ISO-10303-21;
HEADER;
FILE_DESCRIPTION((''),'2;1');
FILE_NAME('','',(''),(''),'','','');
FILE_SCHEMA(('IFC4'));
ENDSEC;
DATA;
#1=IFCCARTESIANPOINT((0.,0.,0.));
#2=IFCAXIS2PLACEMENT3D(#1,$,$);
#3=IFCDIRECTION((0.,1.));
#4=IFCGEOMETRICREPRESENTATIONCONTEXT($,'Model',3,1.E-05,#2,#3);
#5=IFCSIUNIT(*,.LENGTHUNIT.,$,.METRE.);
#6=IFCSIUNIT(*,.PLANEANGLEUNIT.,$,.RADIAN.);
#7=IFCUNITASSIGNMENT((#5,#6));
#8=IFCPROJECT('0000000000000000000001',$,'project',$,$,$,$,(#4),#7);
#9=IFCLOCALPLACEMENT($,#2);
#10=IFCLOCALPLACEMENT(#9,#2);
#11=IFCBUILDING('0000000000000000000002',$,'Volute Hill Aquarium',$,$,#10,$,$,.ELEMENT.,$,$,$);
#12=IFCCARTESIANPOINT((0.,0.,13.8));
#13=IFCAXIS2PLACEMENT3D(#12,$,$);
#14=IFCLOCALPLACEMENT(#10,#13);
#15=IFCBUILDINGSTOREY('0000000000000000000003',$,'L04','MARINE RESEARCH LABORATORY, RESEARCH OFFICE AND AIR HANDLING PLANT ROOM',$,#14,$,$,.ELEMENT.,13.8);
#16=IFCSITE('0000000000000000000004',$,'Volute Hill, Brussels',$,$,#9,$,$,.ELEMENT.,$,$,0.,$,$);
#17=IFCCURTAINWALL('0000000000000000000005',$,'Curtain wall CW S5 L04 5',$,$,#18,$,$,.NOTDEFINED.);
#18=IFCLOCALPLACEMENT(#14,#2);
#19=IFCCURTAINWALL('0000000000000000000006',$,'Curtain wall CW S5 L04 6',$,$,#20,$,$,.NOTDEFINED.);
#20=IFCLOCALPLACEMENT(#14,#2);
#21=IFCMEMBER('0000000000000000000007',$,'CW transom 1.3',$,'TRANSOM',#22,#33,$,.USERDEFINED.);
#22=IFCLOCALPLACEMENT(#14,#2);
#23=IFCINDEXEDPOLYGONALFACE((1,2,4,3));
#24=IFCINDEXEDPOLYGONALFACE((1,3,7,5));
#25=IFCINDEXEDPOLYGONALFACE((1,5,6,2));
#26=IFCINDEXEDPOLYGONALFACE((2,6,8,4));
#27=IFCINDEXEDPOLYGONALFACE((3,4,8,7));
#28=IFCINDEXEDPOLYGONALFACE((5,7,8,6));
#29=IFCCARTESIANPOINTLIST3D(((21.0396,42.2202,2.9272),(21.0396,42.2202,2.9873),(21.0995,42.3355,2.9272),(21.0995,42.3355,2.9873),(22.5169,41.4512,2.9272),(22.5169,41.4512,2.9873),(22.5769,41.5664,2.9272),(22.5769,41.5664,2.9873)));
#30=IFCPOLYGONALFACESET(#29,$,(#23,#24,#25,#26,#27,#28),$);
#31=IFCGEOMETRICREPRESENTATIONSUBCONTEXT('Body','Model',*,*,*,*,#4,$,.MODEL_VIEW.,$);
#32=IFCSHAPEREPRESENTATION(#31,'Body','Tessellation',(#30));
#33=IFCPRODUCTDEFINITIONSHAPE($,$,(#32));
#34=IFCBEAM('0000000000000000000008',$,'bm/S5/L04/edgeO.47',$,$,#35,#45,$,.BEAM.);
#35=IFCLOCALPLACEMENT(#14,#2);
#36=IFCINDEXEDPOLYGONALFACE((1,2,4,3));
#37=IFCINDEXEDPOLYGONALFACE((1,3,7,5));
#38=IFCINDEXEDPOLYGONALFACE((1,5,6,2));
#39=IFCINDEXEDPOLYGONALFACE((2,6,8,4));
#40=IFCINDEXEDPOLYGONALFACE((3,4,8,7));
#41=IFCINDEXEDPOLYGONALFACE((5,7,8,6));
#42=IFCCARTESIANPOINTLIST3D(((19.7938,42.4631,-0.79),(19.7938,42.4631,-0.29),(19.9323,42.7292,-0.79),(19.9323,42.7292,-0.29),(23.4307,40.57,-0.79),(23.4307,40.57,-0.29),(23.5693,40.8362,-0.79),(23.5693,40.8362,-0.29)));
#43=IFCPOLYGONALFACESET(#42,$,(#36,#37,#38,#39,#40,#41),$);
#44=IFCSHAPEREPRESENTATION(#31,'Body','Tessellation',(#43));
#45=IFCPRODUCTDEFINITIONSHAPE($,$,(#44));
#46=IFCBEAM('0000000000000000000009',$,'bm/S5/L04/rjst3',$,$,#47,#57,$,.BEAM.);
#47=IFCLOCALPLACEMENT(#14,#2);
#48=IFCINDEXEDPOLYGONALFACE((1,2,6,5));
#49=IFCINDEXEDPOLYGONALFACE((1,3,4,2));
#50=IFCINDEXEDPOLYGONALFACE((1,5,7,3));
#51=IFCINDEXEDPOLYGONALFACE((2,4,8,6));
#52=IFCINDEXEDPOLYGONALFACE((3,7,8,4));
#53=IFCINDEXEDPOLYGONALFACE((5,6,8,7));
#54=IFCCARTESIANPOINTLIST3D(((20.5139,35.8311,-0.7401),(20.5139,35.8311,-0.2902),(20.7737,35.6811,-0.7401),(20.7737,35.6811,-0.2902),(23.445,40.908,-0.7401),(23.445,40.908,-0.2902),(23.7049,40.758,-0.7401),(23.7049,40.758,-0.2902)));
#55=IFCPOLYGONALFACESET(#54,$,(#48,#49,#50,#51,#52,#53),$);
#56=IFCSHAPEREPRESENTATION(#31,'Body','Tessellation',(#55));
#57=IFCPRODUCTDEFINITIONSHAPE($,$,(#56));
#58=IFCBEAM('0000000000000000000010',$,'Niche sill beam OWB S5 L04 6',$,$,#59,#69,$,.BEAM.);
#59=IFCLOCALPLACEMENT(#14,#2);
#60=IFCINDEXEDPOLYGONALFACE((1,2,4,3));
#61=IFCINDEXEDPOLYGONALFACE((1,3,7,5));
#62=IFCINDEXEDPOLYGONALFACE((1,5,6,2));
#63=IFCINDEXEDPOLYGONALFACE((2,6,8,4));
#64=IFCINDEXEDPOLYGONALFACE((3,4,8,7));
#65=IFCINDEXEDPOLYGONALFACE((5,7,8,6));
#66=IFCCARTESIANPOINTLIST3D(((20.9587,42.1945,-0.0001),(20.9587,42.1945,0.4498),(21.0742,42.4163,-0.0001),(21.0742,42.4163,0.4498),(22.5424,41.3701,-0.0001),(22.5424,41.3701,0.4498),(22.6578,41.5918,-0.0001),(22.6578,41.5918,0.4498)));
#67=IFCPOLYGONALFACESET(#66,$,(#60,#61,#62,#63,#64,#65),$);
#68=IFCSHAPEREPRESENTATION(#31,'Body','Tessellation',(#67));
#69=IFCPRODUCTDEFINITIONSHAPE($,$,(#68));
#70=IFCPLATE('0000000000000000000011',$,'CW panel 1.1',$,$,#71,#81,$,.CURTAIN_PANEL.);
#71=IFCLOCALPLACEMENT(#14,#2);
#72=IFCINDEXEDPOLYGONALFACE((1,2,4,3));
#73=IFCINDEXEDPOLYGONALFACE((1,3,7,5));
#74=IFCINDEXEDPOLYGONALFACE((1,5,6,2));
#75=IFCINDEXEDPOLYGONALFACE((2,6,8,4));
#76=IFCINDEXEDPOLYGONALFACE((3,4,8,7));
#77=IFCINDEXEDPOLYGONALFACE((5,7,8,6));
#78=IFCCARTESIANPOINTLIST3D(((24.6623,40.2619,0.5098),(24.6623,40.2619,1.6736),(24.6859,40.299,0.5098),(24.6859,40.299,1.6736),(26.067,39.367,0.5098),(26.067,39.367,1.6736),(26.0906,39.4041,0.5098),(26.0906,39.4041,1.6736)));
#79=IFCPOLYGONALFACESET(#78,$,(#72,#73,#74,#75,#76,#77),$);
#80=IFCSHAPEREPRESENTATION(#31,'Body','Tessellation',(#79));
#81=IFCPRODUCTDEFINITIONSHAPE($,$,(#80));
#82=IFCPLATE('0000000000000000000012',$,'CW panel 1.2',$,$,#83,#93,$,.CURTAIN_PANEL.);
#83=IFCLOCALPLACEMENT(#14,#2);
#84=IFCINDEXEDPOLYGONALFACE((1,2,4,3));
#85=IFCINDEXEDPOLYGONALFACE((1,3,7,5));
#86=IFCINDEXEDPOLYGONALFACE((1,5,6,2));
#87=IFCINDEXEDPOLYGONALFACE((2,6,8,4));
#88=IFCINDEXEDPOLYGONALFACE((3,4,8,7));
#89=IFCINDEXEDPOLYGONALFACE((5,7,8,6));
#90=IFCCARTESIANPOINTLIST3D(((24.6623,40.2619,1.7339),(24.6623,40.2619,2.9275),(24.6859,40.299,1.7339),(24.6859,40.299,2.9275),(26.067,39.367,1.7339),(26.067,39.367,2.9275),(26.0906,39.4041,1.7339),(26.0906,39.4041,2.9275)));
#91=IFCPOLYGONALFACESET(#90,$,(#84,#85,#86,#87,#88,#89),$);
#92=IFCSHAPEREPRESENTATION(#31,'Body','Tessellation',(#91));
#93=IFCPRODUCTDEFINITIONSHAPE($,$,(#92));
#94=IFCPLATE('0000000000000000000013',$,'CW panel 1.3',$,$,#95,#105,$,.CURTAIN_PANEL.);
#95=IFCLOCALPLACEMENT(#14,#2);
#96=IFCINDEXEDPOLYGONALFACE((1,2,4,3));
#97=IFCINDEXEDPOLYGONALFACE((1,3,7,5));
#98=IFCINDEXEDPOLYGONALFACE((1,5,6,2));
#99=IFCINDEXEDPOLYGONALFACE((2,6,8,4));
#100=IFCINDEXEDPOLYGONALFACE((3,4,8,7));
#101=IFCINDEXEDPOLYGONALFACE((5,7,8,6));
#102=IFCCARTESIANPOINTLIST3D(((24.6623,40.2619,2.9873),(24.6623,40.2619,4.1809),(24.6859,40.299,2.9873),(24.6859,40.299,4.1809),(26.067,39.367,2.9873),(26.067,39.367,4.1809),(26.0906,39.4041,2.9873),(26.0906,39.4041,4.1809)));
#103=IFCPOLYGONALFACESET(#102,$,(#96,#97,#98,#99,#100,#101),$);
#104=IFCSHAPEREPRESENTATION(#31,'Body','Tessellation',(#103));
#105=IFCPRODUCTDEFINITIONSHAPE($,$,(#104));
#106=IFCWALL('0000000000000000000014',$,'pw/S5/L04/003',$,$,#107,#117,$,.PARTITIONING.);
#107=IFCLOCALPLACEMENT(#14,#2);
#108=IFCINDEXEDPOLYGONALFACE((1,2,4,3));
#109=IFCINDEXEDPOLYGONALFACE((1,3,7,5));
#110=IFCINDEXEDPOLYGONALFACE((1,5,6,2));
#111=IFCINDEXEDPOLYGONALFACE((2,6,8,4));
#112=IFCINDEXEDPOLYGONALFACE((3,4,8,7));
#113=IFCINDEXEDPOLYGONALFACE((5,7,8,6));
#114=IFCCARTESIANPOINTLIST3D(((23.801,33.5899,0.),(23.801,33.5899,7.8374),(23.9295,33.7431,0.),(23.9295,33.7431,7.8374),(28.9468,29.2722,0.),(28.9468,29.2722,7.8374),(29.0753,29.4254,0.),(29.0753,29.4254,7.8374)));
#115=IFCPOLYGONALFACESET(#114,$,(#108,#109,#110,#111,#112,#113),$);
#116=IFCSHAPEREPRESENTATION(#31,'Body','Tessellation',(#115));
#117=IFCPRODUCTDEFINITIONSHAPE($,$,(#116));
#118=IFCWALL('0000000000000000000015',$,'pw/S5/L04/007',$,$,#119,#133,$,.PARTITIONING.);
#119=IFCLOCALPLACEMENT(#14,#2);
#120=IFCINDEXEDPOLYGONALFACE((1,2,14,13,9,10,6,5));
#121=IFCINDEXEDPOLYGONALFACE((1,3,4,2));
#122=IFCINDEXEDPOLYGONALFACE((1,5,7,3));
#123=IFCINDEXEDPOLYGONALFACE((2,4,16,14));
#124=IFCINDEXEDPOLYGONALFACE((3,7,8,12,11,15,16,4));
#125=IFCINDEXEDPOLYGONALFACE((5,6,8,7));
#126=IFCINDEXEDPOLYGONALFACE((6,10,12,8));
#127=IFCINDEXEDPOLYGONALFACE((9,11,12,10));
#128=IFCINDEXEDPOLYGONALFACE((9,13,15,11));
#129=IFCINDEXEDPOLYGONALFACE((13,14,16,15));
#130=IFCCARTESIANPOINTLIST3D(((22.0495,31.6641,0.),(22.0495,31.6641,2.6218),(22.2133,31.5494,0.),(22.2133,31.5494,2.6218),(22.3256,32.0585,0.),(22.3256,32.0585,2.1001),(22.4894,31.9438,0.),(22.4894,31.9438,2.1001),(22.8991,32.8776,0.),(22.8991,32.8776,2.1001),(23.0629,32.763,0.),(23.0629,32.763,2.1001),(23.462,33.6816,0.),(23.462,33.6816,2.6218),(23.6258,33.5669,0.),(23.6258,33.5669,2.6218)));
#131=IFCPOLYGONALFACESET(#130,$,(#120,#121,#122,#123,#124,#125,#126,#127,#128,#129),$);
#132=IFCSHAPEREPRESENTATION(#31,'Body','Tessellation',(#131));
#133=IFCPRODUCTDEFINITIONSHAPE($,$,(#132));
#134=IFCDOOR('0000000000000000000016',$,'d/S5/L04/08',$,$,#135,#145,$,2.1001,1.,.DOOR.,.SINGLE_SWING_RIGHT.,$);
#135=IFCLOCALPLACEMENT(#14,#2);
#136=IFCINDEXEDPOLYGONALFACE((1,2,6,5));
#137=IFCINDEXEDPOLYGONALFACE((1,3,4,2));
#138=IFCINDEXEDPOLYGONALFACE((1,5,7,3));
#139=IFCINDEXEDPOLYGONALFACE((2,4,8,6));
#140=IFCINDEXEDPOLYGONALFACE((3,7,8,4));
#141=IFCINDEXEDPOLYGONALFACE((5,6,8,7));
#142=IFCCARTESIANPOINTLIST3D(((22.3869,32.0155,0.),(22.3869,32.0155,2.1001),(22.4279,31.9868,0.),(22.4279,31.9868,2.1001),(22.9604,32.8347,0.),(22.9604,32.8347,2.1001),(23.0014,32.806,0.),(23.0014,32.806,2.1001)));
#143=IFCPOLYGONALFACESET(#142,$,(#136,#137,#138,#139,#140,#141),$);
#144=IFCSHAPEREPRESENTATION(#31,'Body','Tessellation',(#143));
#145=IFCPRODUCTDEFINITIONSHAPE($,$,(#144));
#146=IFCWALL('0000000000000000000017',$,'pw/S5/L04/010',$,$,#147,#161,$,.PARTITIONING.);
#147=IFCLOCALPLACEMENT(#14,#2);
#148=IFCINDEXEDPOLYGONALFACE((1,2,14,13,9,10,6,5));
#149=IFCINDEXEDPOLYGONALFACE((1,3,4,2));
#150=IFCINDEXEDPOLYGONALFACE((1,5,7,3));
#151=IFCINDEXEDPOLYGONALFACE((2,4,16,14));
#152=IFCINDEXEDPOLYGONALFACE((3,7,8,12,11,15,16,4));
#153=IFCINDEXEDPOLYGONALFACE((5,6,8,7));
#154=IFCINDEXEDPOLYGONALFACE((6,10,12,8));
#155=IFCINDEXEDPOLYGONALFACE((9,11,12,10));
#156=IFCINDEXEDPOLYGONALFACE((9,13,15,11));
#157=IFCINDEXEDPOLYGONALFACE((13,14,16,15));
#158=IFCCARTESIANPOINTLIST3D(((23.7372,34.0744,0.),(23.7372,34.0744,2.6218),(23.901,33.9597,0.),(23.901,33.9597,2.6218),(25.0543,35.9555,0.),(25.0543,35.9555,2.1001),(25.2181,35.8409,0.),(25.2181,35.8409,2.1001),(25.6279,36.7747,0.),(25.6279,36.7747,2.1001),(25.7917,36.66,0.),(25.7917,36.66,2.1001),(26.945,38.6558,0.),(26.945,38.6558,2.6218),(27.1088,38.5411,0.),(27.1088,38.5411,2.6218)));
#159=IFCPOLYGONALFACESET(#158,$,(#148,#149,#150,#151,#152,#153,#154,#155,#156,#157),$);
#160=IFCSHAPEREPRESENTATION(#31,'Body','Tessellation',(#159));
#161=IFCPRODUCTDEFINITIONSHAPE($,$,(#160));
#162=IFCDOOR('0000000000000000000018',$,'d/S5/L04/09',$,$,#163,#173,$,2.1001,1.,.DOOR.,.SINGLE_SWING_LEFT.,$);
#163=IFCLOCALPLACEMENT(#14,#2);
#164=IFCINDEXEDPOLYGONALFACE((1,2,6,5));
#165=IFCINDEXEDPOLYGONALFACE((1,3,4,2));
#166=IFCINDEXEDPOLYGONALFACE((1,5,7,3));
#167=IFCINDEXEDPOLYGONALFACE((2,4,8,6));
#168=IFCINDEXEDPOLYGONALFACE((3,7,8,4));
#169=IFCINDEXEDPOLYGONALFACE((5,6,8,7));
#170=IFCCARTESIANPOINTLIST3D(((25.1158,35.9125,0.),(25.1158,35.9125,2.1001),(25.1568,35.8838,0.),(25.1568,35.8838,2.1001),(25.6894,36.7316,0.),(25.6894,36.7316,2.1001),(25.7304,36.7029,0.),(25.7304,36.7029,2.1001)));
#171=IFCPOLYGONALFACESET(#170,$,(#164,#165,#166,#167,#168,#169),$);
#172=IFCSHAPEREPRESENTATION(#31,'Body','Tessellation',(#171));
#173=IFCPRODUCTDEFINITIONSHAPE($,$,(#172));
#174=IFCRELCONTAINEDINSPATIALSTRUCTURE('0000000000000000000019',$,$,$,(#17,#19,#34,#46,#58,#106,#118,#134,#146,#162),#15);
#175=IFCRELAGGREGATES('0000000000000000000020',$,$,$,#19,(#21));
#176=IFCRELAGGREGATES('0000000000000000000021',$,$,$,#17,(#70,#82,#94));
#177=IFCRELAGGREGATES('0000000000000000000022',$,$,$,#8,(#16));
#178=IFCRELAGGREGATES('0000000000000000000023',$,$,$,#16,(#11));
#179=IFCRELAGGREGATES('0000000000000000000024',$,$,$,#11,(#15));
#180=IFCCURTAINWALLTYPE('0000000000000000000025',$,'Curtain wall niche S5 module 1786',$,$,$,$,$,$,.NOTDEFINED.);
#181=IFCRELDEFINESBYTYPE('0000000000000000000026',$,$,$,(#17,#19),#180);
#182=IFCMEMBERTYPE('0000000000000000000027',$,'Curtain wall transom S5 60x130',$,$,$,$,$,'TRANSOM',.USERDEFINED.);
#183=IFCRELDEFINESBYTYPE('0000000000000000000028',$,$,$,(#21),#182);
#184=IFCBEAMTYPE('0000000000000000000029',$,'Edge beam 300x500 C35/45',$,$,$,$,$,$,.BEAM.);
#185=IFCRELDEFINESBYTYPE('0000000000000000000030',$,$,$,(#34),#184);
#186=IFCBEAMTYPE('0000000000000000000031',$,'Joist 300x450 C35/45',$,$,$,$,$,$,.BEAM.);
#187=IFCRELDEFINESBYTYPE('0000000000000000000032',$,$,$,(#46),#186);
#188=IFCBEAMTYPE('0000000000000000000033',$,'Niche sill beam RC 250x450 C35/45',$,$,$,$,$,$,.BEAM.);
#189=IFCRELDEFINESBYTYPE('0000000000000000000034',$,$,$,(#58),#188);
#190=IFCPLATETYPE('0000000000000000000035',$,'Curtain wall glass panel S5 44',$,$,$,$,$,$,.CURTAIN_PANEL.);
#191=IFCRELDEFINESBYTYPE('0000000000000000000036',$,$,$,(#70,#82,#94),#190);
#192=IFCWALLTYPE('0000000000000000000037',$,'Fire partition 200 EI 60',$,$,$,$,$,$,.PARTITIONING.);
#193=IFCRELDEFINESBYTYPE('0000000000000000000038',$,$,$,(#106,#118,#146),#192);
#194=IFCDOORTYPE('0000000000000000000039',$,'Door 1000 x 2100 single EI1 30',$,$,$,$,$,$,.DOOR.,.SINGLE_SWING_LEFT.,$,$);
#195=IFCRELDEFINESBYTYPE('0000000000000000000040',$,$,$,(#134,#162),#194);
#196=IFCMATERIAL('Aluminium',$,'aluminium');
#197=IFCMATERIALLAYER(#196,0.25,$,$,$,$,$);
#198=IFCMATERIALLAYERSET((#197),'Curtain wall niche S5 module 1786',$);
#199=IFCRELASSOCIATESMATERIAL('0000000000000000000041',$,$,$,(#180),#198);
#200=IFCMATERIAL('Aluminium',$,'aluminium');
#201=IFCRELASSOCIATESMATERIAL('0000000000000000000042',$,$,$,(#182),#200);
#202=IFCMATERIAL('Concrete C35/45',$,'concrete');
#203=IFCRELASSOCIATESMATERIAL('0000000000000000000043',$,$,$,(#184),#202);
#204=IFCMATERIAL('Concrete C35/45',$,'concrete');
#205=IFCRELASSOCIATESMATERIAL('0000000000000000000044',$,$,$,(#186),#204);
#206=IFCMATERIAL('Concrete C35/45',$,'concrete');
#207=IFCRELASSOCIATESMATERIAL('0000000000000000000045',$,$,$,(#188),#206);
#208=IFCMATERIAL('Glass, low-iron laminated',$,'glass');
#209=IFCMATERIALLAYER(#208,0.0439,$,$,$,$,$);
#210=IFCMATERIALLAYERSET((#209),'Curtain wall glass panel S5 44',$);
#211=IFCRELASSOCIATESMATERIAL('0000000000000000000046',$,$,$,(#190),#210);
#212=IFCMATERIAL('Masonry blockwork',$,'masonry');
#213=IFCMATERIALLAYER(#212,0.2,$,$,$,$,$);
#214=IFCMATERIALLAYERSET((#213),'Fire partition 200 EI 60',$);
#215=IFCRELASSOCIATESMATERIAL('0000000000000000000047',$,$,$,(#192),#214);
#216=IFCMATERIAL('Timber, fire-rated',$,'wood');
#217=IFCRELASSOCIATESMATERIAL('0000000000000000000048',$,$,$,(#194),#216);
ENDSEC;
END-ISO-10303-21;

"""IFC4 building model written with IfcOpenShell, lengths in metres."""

from ifc_helpers import new_model, si_unit, direction, frame, frame_2d, origin, origin_2d, place, context, subcontext, project, spatial, rectangle, extrude, material, layer, layer_set, material_profile, profile_set, type_object, element, fill, aggregate, save


model = new_model("IFC4")

# Units and contexts
model_context = context("Model", 3, precision=1e-05, world=origin(), true_north=direction((0.0, 1.0)))
body_context = subcontext(model_context, "Body", "Model", "MODEL_VIEW")
ifc_project = project(units=[si_unit("LENGTHUNIT", "METRE"), si_unit("PLANEANGLEUNIT", "RADIAN")], contexts=[model_context])

# Site, building, storey
site_placement = place(None, origin())
site = spatial("IfcSite", under=ifc_project, at=site_placement, Name="Volute Hill, Brussels", CompositionType="ELEMENT", RefElevation=0.0)
building_placement = place(site_placement, origin())
building = spatial("IfcBuilding", under=site, at=building_placement, Name="Volute Hill Aquarium", CompositionType="ELEMENT")
storey_placement = place(building_placement, frame((0.0, 0.0, 13.8)))
storey = spatial("IfcBuildingStorey", under=building, at=storey_placement, Name="L04", Description="MARINE RESEARCH LABORATORY, RESEARCH OFFICE AND AIR HANDLING PLANT ROOM", CompositionType="ELEMENT", Elevation=13.8)

# Curtain walls
ifc_material_1 = material(Name="Aluminium", Category="aluminium")
ifc_layer_1 = layer(ifc_material_1, 0.25)
ifc_layer_set_1 = layer_set([ifc_layer_1], Name="Curtain wall niche S5 module 1786")
curtain_wall_type = type_object("IfcCurtainWallType", Name="Curtain wall niche S5 module 1786", PredefinedType="NOTDEFINED", material=ifc_layer_set_1)
curtain_wall_1_placement = place(storey_placement, origin())
curtain_wall_1 = element("IfcCurtainWall", 1, at=curtain_wall_1_placement, inside=storey, type_object=curtain_wall_type, Name="Curtain wall CW S5 L04 5", PredefinedType="NOTDEFINED")
curtain_wall_2_placement = place(storey_placement, origin())
curtain_wall_2 = element("IfcCurtainWall", 2, at=curtain_wall_2_placement, inside=storey, type_object=curtain_wall_type, Name="Curtain wall CW S5 L04 6", PredefinedType="NOTDEFINED")

# Member
ifc_material_2 = material(Name="Aluminium", Category="aluminium")
ifc_material_profile_1 = material_profile(ifc_material_2, rectangle(XDim=0.1299, YDim=0.0601, at=origin_2d()), Name="Curtain wall transom S5 60x130")
ifc_profile_set_1 = profile_set([ifc_material_profile_1], Name="Aluminium")
member_type_1 = type_object("IfcMemberType", Name="Curtain wall transom S5 60x130", ElementType="TRANSOM", PredefinedType="USERDEFINED", material=ifc_profile_set_1)
member_1_placement = place(storey_placement, frame((22.5469, 41.5088, 2.9573), z_axis=(-0.887008, 0.461754, 0.0), x_axis=(-0.461754, -0.887008, 0.0)))
member_1 = element("IfcMember", 3, at=member_1_placement, type_object=member_type_1, Name="CW transom 1.3", ObjectType="TRANSOM", PredefinedType="USERDEFINED", context=body_context, shape_type="SweptSolid", body=[
    extrude(rectangle(XDim=0.1299, YDim=0.0601, at=origin_2d()), origin(), (0.0, 0.0, 1.0), 1.6655),
])
aggregate(curtain_wall_2, [member_1])

# Beams
ifc_material_3 = material(Name="Concrete C35/45", Category="concrete")
ifc_material_profile_2 = material_profile(ifc_material_3, rectangle(XDim=0.3, YDim=0.5, at=origin_2d()), Name="RC edge beam 300x500")
ifc_profile_set_2 = profile_set([ifc_material_profile_2], Name="Concrete C35/45")
beam_type_1 = type_object("IfcBeamType", Name="Edge beam 300x500 C35/45", PredefinedType="BEAM", material=ifc_profile_set_2)
beam_1_placement = place(storey_placement, frame((23.5, 40.7031, -0.54), z_axis=(-0.887032, 0.461707, 0.0), x_axis=(-0.461707, -0.887032, 0.0)))
element("IfcBeam", 4, at=beam_1_placement, inside=storey, type_object=beam_type_1, Name="bm/S5/L04/edgeO.47", PredefinedType="BEAM", context=body_context, shape_type="SweptSolid", body=[
    extrude(rectangle(XDim=0.3, YDim=0.5, at=origin_2d()), origin(), (0.0, 0.0, 1.0), 4.1001),
])
ifc_material_4 = material(Name="Concrete C35/45", Category="concrete")
ifc_material_profile_3 = material_profile(ifc_material_4, rectangle(XDim=0.3, YDim=0.45, at=origin_2d()), Name="RC joist 300x450")
ifc_profile_set_3 = profile_set([ifc_material_profile_3], Name="Concrete C35/45")
beam_type_2 = type_object("IfcBeamType", Name="Joist 300x450 C35/45", PredefinedType="BEAM", material=ifc_profile_set_3)
beam_2_placement = place(storey_placement, frame((20.6438, 35.7561, -0.5151), z_axis=(0.5, 0.866025, 0.0), x_axis=(-0.866025, 0.5, 0.0)))
element("IfcBeam", 5, at=beam_2_placement, inside=storey, type_object=beam_type_2, Name="bm/S5/L04/rjst3", PredefinedType="BEAM", context=body_context, shape_type="SweptSolid", body=[
    extrude(rectangle(XDim=0.3, YDim=0.45, at=origin_2d()), origin(), (0.0, 0.0, 1.0), 5.8623),
])
ifc_material_5 = material(Name="Concrete C35/45", Category="concrete")
ifc_material_profile_4 = material_profile(ifc_material_5, rectangle(XDim=0.25, YDim=0.45, at=origin_2d()), Name="RC beam 250x450")
ifc_profile_set_4 = profile_set([ifc_material_profile_4], Name="Concrete C35/45")
beam_type_3 = type_object("IfcBeamType", Name="Niche sill beam RC 250x450 C35/45", PredefinedType="BEAM", material=ifc_profile_set_4)
beam_3_placement = place(storey_placement, frame((22.6001, 41.481, 0.2249), z_axis=(-0.887006, 0.461757, 0.0), x_axis=(-0.461757, -0.887006, 0.0)))
element("IfcBeam", 6, at=beam_3_placement, inside=storey, type_object=beam_type_3, Name="Niche sill beam OWB S5 L04 6", PredefinedType="BEAM", context=body_context, shape_type="SweptSolid", body=[
    extrude(rectangle(XDim=0.25, YDim=0.45, at=origin_2d()), origin(), (0.0, 0.0, 1.0), 1.7854),
])

# Plates
ifc_material_6 = material(Name="Glass, low-iron laminated", Category="glass")
ifc_layer_2 = layer(ifc_material_6, 0.0439)
ifc_layer_set_2 = layer_set([ifc_layer_2], Name="Curtain wall glass panel S5 44")
plate_type = type_object("IfcPlateType", Name="Curtain wall glass panel S5 44", PredefinedType="CURTAIN_PANEL", material=ifc_layer_set_2)
plate_1_placement = place(storey_placement, frame((25.3765, 39.833, 0.5098), z_axis=(0.0, 0.0, 1.0), x_axis=(-0.843385, 0.53731, 0.0)))
plate_1 = element("IfcPlate", 7, at=plate_1_placement, type_object=plate_type, Name="CW panel 1.1", PredefinedType="CURTAIN_PANEL", context=body_context, shape_type="SweptSolid", body=[
    extrude(rectangle(XDim=1.6655, YDim=0.0439, at=origin_2d()), origin(), (0.0, 0.0, 1.0), 1.1638),
])
plate_2_placement = place(storey_placement, frame((25.3765, 39.833, 1.7339), z_axis=(0.0, 0.0, 1.0), x_axis=(-0.843385, 0.53731, 0.0)))
plate_2 = element("IfcPlate", 8, at=plate_2_placement, type_object=plate_type, Name="CW panel 1.2", PredefinedType="CURTAIN_PANEL", context=body_context, shape_type="SweptSolid", body=[
    extrude(rectangle(XDim=1.6655, YDim=0.0439, at=origin_2d()), origin(), (0.0, 0.0, 1.0), 1.1936),
])
plate_3_placement = place(storey_placement, frame((25.3765, 39.833, 2.9873), z_axis=(0.0, 0.0, 1.0), x_axis=(-0.843385, 0.53731, 0.0)))
plate_3 = element("IfcPlate", 9, at=plate_3_placement, type_object=plate_type, Name="CW panel 1.3", PredefinedType="CURTAIN_PANEL", context=body_context, shape_type="SweptSolid", body=[
    extrude(rectangle(XDim=1.6655, YDim=0.0439, at=origin_2d()), origin(), (0.0, 0.0, 1.0), 1.1936),
])
aggregate(curtain_wall_1, [plate_1, plate_2, plate_3])

# Wall
ifc_material_7 = material(Name="Masonry blockwork", Category="masonry")
ifc_layer_3 = layer(ifc_material_7, 0.2)
ifc_layer_set_3 = layer_set([ifc_layer_3], Name="Fire partition 200 EI 60")
wall_type_1 = type_object("IfcWallType", Name="Fire partition 200 EI 60", PredefinedType="PARTITIONING", material=ifc_layer_set_3)
wall_1_placement = place(storey_placement, frame((23.8652, 33.6665, 0.0), z_axis=(0.0, 0.0, 1.0), x_axis=(0.766057, -0.642773, 0.0)))
element("IfcWall", 10, at=wall_1_placement, inside=storey, type_object=wall_type_1, Name="pw/S5/L04/003", PredefinedType="PARTITIONING", context=body_context, shape_type="SweptSolid", body=[
    extrude(rectangle(XDim=6.7173, YDim=0.2, at=frame_2d((3.3586, 0.0))), origin(), (0.0, 0.0, 1.0), 7.8374),
])

# Walls, openings, doors
wall_2_placement = place(storey_placement, frame((23.5439, 33.6243, 0.0), z_axis=(0.0, 0.0, 1.0), x_axis=(-0.573542, -0.819176, 0.0)))
wall_2 = element("IfcWall", 11, at=wall_2_placement, inside=storey, type_object=wall_type_1, Name="pw/S5/L04/007", PredefinedType="PARTITIONING", context=body_context, shape_type="SweptSolid", body=[
    extrude(rectangle(XDim=2.4629, YDim=0.2, at=frame_2d((1.2314, 0.0))), origin(), (0.0, 0.0, 1.0), 2.6218),
])
opening_1_placement = place(wall_2_placement, frame((0.9814, 0.0, 0.0)))
opening_1 = element("IfcOpeningElement", 12, at=opening_1_placement, cuts=wall_2, PredefinedType="OPENING", context=body_context, shape_type="SweptSolid", body=[
    extrude(rectangle(XDim=1.0, YDim=2.1001, at=frame_2d((0.5, 1.05))), frame((0.0, 0.1099, 0.0), z_axis=(0.0, -1.0, 0.0), x_axis=(1.0, 0.0, 0.0)), (0.0, 0.0, 1.0), 0.22),
])
ifc_material_8 = material(Name="Timber, fire-rated", Category="wood")
door_type = type_object("IfcDoorType", Name="Door 1000 x 2100 single EI1 30", OperationType="SINGLE_SWING_LEFT", PredefinedType="DOOR", material=ifc_material_8)
door_1_placement = place(opening_1_placement, origin())
door_1 = element("IfcDoor", 13, at=door_1_placement, inside=storey, type_object=door_type, Name="d/S5/L04/08", OperationType="SINGLE_SWING_RIGHT", OverallHeight=2.1001, OverallWidth=1.0, PredefinedType="DOOR", context=body_context, shape_type="SweptSolid", body=[
    extrude(rectangle(XDim=1.0, YDim=2.1001, at=frame_2d((0.5, 1.05))), frame((0.0, 0.0249, 0.0), z_axis=(0.0, -1.0, 0.0), x_axis=(1.0, 0.0, 0.0)), (0.0, 0.0, 1.0), 0.05),
])
fill(opening_1, door_1)
wall_3_placement = place(storey_placement, frame((23.8191, 34.0171, 0.0), z_axis=(0.0, 0.0, 1.0), x_axis=(0.573565, 0.81916, 0.0)))
wall_3 = element("IfcWall", 14, at=wall_3_placement, inside=storey, type_object=wall_type_1, Name="pw/S5/L04/010", PredefinedType="PARTITIONING", context=body_context, shape_type="SweptSolid", body=[
    extrude(rectangle(XDim=5.5928, YDim=0.2, at=frame_2d((2.7964, 0.0))), origin(), (0.0, 0.0, 1.0), 2.6218),
])
opening_2_placement = place(wall_3_placement, frame((2.2964, 0.0, 0.0)))
opening_2 = element("IfcOpeningElement", 15, at=opening_2_placement, cuts=wall_3, PredefinedType="OPENING", context=body_context, shape_type="SweptSolid", body=[
    extrude(rectangle(XDim=1.0, YDim=2.1001, at=frame_2d((0.5, 1.05))), frame((0.0, 0.1099, 0.0), z_axis=(0.0, -1.0, 0.0), x_axis=(1.0, 0.0, 0.0)), (0.0, 0.0, 1.0), 0.22),
])
door_2_placement = place(opening_2_placement, origin())
door_2 = element("IfcDoor", 16, at=door_2_placement, inside=storey, type_object=door_type, Name="d/S5/L04/09", OperationType="SINGLE_SWING_LEFT", OverallHeight=2.1001, OverallWidth=1.0, PredefinedType="DOOR", context=body_context, shape_type="SweptSolid", body=[
    extrude(rectangle(XDim=1.0, YDim=2.1001, at=frame_2d((0.5, 1.05))), frame((0.0, 0.0249, 0.0), z_axis=(0.0, -1.0, 0.0), x_axis=(1.0, 0.0, 0.0)), (0.0, 0.0, 1.0), 0.05),
])
fill(opening_2, door_2)

save(model, "model.ifc")
